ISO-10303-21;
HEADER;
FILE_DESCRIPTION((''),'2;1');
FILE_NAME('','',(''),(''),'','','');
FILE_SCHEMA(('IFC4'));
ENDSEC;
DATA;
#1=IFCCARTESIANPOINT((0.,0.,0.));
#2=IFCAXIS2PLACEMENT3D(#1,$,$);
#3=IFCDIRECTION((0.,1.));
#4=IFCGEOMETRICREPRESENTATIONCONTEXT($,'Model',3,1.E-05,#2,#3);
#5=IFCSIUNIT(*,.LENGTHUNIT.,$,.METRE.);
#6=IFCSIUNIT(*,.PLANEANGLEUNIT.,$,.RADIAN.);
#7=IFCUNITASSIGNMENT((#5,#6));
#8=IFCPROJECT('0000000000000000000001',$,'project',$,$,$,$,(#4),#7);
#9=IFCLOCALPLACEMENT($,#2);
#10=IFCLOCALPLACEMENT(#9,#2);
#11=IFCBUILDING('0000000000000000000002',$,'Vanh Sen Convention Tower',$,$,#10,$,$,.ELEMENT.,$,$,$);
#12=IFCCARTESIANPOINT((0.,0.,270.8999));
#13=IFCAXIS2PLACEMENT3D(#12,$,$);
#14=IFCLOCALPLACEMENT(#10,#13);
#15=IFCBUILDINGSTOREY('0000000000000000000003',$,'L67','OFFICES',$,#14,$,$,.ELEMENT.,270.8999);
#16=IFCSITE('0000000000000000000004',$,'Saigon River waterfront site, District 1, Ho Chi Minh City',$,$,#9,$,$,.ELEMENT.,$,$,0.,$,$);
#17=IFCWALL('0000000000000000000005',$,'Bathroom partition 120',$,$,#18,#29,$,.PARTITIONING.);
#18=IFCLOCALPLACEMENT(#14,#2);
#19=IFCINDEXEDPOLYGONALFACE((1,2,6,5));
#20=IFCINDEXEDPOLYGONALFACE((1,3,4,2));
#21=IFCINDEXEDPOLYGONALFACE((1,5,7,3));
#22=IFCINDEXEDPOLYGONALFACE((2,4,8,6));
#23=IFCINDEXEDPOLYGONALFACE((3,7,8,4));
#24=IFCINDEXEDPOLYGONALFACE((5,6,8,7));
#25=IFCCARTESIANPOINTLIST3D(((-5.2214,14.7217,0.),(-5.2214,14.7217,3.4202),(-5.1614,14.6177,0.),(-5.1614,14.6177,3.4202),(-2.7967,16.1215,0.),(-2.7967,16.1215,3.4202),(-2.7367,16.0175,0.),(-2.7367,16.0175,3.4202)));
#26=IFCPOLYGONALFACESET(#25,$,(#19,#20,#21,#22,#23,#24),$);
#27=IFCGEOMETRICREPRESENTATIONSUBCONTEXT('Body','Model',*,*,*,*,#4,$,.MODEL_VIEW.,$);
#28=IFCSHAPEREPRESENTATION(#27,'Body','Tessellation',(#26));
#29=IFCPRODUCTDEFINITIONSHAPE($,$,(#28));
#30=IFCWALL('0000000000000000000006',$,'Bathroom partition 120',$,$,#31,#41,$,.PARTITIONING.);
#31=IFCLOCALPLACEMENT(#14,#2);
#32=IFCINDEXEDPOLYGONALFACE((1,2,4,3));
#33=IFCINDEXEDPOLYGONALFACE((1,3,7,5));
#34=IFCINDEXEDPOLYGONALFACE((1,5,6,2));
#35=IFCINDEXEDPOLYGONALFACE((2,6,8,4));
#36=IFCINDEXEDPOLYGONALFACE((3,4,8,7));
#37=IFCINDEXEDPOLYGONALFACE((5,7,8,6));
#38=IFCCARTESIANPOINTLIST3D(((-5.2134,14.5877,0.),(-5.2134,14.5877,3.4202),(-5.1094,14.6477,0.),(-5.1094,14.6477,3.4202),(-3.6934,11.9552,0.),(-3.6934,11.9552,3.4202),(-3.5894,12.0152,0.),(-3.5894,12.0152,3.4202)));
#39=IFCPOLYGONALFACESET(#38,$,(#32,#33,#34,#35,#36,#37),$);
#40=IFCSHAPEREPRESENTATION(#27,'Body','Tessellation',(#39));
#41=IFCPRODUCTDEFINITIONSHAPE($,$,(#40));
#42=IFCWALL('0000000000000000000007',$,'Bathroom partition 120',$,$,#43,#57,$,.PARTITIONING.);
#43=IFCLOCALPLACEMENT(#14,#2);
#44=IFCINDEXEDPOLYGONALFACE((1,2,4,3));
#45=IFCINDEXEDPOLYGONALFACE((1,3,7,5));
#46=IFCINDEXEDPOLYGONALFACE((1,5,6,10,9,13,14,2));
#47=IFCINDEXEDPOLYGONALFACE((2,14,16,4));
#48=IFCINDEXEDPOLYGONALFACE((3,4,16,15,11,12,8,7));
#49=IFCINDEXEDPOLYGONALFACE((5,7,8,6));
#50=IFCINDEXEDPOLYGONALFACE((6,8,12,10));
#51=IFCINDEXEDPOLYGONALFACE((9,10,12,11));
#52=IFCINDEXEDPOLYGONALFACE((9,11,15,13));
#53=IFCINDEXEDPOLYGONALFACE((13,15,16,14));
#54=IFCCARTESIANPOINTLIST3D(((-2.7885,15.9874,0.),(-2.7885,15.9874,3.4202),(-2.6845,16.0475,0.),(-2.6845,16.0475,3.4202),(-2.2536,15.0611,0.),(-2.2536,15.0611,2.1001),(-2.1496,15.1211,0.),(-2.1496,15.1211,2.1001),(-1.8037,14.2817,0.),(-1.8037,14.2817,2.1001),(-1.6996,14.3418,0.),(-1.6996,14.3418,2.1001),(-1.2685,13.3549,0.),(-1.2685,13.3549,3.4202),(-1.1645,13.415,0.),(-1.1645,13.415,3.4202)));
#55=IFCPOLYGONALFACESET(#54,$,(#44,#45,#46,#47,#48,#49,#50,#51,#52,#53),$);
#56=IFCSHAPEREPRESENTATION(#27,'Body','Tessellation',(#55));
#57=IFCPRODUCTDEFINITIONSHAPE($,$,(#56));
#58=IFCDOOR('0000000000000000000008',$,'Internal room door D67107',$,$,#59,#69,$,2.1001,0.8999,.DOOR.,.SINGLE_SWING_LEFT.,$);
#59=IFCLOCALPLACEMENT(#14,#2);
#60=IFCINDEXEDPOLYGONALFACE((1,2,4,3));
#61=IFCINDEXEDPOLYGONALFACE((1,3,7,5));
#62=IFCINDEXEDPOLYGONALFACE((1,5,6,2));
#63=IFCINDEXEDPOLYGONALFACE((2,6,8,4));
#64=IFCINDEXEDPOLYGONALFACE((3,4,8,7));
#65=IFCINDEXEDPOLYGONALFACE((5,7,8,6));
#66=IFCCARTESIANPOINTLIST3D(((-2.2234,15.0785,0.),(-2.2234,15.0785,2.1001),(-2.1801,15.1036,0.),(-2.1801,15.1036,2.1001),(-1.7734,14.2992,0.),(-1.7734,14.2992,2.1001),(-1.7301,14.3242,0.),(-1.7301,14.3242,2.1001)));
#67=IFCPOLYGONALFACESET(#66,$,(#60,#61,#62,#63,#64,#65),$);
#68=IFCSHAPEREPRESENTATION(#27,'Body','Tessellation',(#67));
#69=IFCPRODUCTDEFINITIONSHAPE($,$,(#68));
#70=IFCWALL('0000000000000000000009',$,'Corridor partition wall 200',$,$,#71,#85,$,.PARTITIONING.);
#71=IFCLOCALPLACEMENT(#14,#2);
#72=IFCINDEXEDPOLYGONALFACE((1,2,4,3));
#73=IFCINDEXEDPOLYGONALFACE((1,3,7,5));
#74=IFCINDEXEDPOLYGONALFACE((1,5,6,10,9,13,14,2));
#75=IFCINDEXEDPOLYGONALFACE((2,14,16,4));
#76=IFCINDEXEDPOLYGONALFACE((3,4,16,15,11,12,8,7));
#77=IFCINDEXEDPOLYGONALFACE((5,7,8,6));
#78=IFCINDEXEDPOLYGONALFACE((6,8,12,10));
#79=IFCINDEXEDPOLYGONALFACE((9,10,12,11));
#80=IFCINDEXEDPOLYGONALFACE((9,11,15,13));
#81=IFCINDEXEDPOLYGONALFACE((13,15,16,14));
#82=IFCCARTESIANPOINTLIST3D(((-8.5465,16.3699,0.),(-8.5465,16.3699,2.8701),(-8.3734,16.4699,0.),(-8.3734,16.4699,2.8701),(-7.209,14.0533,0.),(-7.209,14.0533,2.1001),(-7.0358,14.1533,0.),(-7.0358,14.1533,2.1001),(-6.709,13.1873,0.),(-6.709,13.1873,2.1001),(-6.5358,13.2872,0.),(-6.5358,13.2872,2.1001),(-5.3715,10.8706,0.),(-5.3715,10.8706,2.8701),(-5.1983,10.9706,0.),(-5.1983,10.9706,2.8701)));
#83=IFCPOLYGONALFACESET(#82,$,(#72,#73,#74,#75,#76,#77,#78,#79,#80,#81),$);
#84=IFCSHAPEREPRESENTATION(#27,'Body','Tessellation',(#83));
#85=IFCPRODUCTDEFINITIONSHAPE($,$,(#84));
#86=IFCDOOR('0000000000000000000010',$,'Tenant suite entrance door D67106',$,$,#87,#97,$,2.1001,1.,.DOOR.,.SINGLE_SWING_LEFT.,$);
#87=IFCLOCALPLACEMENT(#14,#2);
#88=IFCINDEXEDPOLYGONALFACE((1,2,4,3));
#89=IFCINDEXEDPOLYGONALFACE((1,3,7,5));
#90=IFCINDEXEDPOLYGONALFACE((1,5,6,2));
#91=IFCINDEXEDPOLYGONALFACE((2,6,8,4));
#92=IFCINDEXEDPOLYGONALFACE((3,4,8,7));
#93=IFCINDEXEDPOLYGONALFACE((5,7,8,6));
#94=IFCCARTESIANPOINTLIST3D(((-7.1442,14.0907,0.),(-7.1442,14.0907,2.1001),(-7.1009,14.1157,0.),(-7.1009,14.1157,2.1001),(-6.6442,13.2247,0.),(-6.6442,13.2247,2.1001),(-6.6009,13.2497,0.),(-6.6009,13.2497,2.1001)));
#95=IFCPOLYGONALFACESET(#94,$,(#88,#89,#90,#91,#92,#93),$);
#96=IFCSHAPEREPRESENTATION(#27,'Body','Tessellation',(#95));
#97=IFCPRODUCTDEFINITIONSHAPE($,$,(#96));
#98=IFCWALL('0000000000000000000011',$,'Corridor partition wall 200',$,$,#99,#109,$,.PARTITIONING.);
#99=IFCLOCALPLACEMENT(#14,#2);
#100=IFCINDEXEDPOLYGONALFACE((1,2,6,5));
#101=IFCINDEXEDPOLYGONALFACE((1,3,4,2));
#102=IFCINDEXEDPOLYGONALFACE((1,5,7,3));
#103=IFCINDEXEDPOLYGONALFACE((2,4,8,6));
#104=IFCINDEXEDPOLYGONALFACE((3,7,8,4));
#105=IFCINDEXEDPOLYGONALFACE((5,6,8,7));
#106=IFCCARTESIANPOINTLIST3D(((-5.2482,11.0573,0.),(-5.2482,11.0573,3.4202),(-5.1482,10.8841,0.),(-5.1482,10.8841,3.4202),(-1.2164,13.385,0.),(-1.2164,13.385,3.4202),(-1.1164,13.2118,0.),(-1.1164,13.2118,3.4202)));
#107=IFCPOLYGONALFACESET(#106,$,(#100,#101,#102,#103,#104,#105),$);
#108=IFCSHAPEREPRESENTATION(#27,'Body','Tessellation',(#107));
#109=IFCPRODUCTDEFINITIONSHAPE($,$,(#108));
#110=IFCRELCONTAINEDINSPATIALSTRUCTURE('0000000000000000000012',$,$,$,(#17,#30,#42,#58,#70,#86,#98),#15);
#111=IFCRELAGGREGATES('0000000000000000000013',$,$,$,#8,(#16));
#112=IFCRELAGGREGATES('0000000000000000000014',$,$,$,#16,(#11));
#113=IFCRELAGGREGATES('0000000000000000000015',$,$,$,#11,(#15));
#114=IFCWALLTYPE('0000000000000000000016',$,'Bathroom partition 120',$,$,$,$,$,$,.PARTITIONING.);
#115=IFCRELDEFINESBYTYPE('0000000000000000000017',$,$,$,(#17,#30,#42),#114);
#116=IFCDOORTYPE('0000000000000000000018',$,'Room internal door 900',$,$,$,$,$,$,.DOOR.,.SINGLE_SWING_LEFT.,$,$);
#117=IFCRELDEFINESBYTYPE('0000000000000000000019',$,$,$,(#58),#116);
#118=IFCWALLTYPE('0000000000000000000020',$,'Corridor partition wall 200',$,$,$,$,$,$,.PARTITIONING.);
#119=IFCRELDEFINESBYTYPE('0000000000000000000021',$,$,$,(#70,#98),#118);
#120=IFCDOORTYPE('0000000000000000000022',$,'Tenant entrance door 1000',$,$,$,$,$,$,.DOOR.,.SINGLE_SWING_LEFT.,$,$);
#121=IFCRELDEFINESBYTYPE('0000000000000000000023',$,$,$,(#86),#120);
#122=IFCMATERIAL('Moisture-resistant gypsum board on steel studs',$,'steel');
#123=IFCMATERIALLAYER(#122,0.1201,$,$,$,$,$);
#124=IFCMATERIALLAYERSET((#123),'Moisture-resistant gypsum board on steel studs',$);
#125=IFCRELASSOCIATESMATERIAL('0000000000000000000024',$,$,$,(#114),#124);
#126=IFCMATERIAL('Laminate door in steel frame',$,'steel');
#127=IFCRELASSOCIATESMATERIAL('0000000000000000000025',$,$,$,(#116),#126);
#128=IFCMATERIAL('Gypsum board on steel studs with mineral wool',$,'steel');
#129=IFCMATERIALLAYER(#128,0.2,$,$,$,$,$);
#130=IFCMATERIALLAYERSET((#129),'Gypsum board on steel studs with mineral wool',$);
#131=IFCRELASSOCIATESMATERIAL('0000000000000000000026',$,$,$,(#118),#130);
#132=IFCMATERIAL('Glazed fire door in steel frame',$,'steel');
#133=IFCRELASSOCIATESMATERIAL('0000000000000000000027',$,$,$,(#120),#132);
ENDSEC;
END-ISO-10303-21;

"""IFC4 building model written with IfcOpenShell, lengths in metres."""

from ifc_helpers import new_model, si_unit, direction, frame, frame_2d, origin, place, context, subcontext, project, spatial, rectangle, extrude, material, layer, layer_set, type_object, element, fill, save


model = new_model("IFC4")

# Units and contexts
model_context = context("Model", 3, precision=1e-05, world=origin(), true_north=direction((0.0, 1.0)))
body_context = subcontext(model_context, "Body", "Model", "MODEL_VIEW")
ifc_project = project(units=[si_unit("LENGTHUNIT", "METRE"), si_unit("PLANEANGLEUNIT", "RADIAN")], contexts=[model_context])

# Site, building, storey
site_placement = place(None, origin())
site = spatial("IfcSite", under=ifc_project, at=site_placement, Name="Saigon River waterfront site, District 1, Ho Chi Minh City", CompositionType="ELEMENT", RefElevation=0.0)
building_placement = place(site_placement, origin())
building = spatial("IfcBuilding", under=site, at=building_placement, Name="Vanh Sen Convention Tower", CompositionType="ELEMENT")
storey_placement = place(building_placement, frame((0.0, 0.0, 270.8999)))
storey = spatial("IfcBuildingStorey", under=building, at=storey_placement, Name="L67", Description="OFFICES", CompositionType="ELEMENT", Elevation=270.8999)

# Walls
ifc_material_1 = material(Name="Moisture-resistant gypsum board on steel studs", Category="steel")
ifc_layer_1 = layer(ifc_material_1, 0.1201)
ifc_layer_set_1 = layer_set([ifc_layer_1], Name="Moisture-resistant gypsum board on steel studs")
wall_type_1 = type_object("IfcWallType", Name="Bathroom partition 120", PredefinedType="PARTITIONING", material=ifc_layer_set_1)
wall_1_placement = place(storey_placement, frame((-5.1914, 14.6697, 0.0), z_axis=(0.0, 0.0, 1.0), x_axis=(0.866035, 0.499984, 0.0)))
element("IfcWall", 1, at=wall_1_placement, inside=storey, type_object=wall_type_1, Name="Bathroom partition 120", PredefinedType="PARTITIONING", context=body_context, shape_type="SweptSolid", body=[
    extrude(rectangle(XDim=2.7998, YDim=0.1201, at=frame_2d((1.3999, 0.0))), origin(), (0.0, 0.0, 1.0), 3.4202),
])
wall_2_placement = place(storey_placement, frame((-3.6414, 11.9851, 0.0), z_axis=(0.0, 0.0, 1.0), x_axis=(-0.500026, 0.86601, 0.0)))
element("IfcWall", 2, at=wall_2_placement, inside=storey, type_object=wall_type_1, Name="Bathroom partition 120", PredefinedType="PARTITIONING", context=body_context, shape_type="SweptSolid", body=[
    extrude(rectangle(XDim=3.0398, YDim=0.1201, at=frame_2d((1.52, 0.0))), origin(), (0.0, 0.0, 1.0), 3.4202),
])

# Walls, openings, doors
wall_3_placement = place(storey_placement, frame((-2.7366, 16.0176, 0.0), z_axis=(0.0, 0.0, 1.0), x_axis=(0.500026, -0.86601, 0.0)))
wall_3 = element("IfcWall", 3, at=wall_3_placement, inside=storey, type_object=wall_type_1, Name="Bathroom partition 120", PredefinedType="PARTITIONING", context=body_context, shape_type="SweptSolid", body=[
    extrude(rectangle(XDim=3.0398, YDim=0.1201, at=frame_2d((1.52, 0.0))), origin(), (0.0, 0.0, 1.0), 3.4202),
])
opening_1_placement = place(wall_3_placement, frame((1.0698, 0.0, 0.0)))
opening_1 = element("IfcOpeningElement", 4, at=opening_1_placement, cuts=wall_3, PredefinedType="OPENING", context=body_context, shape_type="SweptSolid", body=[
    extrude(rectangle(XDim=0.8999, YDim=2.1001, at=frame_2d((0.45, 1.05))), frame((0.0, 0.0701, 0.0), z_axis=(0.0, -1.0, 0.0), x_axis=(1.0, 0.0, 0.0)), (0.0, 0.0, 1.0), 0.1401),
])
ifc_material_2 = material(Name="Laminate door in steel frame", Category="steel")
door_type_1 = type_object("IfcDoorType", Name="Room internal door 900", OperationType="SINGLE_SWING_LEFT", PredefinedType="DOOR", material=ifc_material_2)
door_1_placement = place(opening_1_placement, origin())
door_1 = element("IfcDoor", 5, at=door_1_placement, inside=storey, type_object=door_type_1, Name="Internal room door D67107", OperationType="SINGLE_SWING_LEFT", OverallHeight=2.1001, OverallWidth=0.8999, PredefinedType="DOOR", context=body_context, shape_type="SweptSolid", body=[
    extrude(rectangle(XDim=0.8999, YDim=2.1001, at=frame_2d((0.45, 1.05))), frame((0.0, 0.0249, 0.0), z_axis=(0.0, -1.0, 0.0), x_axis=(1.0, 0.0, 0.0)), (0.0, 0.0, 1.0), 0.05),
])
fill(opening_1, door_1)
ifc_material_3 = material(Name="Gypsum board on steel studs with mineral wool", Category="steel")
ifc_layer_2 = layer(ifc_material_3, 0.2)
ifc_layer_set_2 = layer_set([ifc_layer_2], Name="Gypsum board on steel studs with mineral wool")
wall_type_2 = type_object("IfcWallType", Name="Corridor partition wall 200", PredefinedType="PARTITIONING", material=ifc_layer_set_2)
wall_4_placement = place(storey_placement, frame((-8.46, 16.4199, 0.0), z_axis=(0.0, 0.0, 1.0), x_axis=(0.500005, -0.866022, 0.0)))
wall_4 = element("IfcWall", 6, at=wall_4_placement, inside=storey, type_object=wall_type_2, Name="Corridor partition wall 200", PredefinedType="PARTITIONING", context=body_context, shape_type="SweptSolid", body=[
    extrude(rectangle(XDim=6.3501, YDim=0.2, at=frame_2d((3.175, 0.0))), origin(), (0.0, 0.0, 1.0), 2.8701),
])
opening_2_placement = place(wall_4_placement, frame((2.675, 0.0, 0.0)))
opening_2 = element("IfcOpeningElement", 7, at=opening_2_placement, cuts=wall_4, PredefinedType="OPENING", context=body_context, shape_type="SweptSolid", body=[
    extrude(rectangle(XDim=1.0, YDim=2.1001, at=frame_2d((0.5, 1.05))), frame((0.0, 0.1099, 0.0), z_axis=(0.0, -1.0, 0.0), x_axis=(1.0, 0.0, 0.0)), (0.0, 0.0, 1.0), 0.22),
])
ifc_material_4 = material(Name="Glazed fire door in steel frame", Category="steel")
door_type_2 = type_object("IfcDoorType", Name="Tenant entrance door 1000", OperationType="SINGLE_SWING_LEFT", PredefinedType="DOOR", material=ifc_material_4)
door_2_placement = place(opening_2_placement, origin())
door_2 = element("IfcDoor", 8, at=door_2_placement, inside=storey, type_object=door_type_2, Name="Tenant suite entrance door D67106", OperationType="SINGLE_SWING_LEFT", OverallHeight=2.1001, OverallWidth=1.0, PredefinedType="DOOR", context=body_context, shape_type="SweptSolid", body=[
    extrude(rectangle(XDim=1.0, YDim=2.1001, at=frame_2d((0.5, 1.05))), frame((0.0, 0.0249, 0.0), z_axis=(0.0, -1.0, 0.0), x_axis=(1.0, 0.0, 0.0)), (0.0, 0.0, 1.0), 0.05),
])
fill(opening_2, door_2)

# Wall
wall_5_placement = place(storey_placement, frame((-1.1665, 13.2983, 0.0), z_axis=(0.0, 0.0, 1.0), x_axis=(-0.866034, -0.499986, 0.0)))
element("IfcWall", 9, at=wall_5_placement, inside=storey, type_object=wall_type_2, Name="Corridor partition wall 200", PredefinedType="PARTITIONING", context=body_context, shape_type="SweptSolid", body=[
    extrude(rectangle(XDim=4.6555, YDim=0.2, at=frame_2d((2.3276, 0.0))), origin(), (0.0, 0.0, 1.0), 3.4202),
])

save(model, "model.ifc")
